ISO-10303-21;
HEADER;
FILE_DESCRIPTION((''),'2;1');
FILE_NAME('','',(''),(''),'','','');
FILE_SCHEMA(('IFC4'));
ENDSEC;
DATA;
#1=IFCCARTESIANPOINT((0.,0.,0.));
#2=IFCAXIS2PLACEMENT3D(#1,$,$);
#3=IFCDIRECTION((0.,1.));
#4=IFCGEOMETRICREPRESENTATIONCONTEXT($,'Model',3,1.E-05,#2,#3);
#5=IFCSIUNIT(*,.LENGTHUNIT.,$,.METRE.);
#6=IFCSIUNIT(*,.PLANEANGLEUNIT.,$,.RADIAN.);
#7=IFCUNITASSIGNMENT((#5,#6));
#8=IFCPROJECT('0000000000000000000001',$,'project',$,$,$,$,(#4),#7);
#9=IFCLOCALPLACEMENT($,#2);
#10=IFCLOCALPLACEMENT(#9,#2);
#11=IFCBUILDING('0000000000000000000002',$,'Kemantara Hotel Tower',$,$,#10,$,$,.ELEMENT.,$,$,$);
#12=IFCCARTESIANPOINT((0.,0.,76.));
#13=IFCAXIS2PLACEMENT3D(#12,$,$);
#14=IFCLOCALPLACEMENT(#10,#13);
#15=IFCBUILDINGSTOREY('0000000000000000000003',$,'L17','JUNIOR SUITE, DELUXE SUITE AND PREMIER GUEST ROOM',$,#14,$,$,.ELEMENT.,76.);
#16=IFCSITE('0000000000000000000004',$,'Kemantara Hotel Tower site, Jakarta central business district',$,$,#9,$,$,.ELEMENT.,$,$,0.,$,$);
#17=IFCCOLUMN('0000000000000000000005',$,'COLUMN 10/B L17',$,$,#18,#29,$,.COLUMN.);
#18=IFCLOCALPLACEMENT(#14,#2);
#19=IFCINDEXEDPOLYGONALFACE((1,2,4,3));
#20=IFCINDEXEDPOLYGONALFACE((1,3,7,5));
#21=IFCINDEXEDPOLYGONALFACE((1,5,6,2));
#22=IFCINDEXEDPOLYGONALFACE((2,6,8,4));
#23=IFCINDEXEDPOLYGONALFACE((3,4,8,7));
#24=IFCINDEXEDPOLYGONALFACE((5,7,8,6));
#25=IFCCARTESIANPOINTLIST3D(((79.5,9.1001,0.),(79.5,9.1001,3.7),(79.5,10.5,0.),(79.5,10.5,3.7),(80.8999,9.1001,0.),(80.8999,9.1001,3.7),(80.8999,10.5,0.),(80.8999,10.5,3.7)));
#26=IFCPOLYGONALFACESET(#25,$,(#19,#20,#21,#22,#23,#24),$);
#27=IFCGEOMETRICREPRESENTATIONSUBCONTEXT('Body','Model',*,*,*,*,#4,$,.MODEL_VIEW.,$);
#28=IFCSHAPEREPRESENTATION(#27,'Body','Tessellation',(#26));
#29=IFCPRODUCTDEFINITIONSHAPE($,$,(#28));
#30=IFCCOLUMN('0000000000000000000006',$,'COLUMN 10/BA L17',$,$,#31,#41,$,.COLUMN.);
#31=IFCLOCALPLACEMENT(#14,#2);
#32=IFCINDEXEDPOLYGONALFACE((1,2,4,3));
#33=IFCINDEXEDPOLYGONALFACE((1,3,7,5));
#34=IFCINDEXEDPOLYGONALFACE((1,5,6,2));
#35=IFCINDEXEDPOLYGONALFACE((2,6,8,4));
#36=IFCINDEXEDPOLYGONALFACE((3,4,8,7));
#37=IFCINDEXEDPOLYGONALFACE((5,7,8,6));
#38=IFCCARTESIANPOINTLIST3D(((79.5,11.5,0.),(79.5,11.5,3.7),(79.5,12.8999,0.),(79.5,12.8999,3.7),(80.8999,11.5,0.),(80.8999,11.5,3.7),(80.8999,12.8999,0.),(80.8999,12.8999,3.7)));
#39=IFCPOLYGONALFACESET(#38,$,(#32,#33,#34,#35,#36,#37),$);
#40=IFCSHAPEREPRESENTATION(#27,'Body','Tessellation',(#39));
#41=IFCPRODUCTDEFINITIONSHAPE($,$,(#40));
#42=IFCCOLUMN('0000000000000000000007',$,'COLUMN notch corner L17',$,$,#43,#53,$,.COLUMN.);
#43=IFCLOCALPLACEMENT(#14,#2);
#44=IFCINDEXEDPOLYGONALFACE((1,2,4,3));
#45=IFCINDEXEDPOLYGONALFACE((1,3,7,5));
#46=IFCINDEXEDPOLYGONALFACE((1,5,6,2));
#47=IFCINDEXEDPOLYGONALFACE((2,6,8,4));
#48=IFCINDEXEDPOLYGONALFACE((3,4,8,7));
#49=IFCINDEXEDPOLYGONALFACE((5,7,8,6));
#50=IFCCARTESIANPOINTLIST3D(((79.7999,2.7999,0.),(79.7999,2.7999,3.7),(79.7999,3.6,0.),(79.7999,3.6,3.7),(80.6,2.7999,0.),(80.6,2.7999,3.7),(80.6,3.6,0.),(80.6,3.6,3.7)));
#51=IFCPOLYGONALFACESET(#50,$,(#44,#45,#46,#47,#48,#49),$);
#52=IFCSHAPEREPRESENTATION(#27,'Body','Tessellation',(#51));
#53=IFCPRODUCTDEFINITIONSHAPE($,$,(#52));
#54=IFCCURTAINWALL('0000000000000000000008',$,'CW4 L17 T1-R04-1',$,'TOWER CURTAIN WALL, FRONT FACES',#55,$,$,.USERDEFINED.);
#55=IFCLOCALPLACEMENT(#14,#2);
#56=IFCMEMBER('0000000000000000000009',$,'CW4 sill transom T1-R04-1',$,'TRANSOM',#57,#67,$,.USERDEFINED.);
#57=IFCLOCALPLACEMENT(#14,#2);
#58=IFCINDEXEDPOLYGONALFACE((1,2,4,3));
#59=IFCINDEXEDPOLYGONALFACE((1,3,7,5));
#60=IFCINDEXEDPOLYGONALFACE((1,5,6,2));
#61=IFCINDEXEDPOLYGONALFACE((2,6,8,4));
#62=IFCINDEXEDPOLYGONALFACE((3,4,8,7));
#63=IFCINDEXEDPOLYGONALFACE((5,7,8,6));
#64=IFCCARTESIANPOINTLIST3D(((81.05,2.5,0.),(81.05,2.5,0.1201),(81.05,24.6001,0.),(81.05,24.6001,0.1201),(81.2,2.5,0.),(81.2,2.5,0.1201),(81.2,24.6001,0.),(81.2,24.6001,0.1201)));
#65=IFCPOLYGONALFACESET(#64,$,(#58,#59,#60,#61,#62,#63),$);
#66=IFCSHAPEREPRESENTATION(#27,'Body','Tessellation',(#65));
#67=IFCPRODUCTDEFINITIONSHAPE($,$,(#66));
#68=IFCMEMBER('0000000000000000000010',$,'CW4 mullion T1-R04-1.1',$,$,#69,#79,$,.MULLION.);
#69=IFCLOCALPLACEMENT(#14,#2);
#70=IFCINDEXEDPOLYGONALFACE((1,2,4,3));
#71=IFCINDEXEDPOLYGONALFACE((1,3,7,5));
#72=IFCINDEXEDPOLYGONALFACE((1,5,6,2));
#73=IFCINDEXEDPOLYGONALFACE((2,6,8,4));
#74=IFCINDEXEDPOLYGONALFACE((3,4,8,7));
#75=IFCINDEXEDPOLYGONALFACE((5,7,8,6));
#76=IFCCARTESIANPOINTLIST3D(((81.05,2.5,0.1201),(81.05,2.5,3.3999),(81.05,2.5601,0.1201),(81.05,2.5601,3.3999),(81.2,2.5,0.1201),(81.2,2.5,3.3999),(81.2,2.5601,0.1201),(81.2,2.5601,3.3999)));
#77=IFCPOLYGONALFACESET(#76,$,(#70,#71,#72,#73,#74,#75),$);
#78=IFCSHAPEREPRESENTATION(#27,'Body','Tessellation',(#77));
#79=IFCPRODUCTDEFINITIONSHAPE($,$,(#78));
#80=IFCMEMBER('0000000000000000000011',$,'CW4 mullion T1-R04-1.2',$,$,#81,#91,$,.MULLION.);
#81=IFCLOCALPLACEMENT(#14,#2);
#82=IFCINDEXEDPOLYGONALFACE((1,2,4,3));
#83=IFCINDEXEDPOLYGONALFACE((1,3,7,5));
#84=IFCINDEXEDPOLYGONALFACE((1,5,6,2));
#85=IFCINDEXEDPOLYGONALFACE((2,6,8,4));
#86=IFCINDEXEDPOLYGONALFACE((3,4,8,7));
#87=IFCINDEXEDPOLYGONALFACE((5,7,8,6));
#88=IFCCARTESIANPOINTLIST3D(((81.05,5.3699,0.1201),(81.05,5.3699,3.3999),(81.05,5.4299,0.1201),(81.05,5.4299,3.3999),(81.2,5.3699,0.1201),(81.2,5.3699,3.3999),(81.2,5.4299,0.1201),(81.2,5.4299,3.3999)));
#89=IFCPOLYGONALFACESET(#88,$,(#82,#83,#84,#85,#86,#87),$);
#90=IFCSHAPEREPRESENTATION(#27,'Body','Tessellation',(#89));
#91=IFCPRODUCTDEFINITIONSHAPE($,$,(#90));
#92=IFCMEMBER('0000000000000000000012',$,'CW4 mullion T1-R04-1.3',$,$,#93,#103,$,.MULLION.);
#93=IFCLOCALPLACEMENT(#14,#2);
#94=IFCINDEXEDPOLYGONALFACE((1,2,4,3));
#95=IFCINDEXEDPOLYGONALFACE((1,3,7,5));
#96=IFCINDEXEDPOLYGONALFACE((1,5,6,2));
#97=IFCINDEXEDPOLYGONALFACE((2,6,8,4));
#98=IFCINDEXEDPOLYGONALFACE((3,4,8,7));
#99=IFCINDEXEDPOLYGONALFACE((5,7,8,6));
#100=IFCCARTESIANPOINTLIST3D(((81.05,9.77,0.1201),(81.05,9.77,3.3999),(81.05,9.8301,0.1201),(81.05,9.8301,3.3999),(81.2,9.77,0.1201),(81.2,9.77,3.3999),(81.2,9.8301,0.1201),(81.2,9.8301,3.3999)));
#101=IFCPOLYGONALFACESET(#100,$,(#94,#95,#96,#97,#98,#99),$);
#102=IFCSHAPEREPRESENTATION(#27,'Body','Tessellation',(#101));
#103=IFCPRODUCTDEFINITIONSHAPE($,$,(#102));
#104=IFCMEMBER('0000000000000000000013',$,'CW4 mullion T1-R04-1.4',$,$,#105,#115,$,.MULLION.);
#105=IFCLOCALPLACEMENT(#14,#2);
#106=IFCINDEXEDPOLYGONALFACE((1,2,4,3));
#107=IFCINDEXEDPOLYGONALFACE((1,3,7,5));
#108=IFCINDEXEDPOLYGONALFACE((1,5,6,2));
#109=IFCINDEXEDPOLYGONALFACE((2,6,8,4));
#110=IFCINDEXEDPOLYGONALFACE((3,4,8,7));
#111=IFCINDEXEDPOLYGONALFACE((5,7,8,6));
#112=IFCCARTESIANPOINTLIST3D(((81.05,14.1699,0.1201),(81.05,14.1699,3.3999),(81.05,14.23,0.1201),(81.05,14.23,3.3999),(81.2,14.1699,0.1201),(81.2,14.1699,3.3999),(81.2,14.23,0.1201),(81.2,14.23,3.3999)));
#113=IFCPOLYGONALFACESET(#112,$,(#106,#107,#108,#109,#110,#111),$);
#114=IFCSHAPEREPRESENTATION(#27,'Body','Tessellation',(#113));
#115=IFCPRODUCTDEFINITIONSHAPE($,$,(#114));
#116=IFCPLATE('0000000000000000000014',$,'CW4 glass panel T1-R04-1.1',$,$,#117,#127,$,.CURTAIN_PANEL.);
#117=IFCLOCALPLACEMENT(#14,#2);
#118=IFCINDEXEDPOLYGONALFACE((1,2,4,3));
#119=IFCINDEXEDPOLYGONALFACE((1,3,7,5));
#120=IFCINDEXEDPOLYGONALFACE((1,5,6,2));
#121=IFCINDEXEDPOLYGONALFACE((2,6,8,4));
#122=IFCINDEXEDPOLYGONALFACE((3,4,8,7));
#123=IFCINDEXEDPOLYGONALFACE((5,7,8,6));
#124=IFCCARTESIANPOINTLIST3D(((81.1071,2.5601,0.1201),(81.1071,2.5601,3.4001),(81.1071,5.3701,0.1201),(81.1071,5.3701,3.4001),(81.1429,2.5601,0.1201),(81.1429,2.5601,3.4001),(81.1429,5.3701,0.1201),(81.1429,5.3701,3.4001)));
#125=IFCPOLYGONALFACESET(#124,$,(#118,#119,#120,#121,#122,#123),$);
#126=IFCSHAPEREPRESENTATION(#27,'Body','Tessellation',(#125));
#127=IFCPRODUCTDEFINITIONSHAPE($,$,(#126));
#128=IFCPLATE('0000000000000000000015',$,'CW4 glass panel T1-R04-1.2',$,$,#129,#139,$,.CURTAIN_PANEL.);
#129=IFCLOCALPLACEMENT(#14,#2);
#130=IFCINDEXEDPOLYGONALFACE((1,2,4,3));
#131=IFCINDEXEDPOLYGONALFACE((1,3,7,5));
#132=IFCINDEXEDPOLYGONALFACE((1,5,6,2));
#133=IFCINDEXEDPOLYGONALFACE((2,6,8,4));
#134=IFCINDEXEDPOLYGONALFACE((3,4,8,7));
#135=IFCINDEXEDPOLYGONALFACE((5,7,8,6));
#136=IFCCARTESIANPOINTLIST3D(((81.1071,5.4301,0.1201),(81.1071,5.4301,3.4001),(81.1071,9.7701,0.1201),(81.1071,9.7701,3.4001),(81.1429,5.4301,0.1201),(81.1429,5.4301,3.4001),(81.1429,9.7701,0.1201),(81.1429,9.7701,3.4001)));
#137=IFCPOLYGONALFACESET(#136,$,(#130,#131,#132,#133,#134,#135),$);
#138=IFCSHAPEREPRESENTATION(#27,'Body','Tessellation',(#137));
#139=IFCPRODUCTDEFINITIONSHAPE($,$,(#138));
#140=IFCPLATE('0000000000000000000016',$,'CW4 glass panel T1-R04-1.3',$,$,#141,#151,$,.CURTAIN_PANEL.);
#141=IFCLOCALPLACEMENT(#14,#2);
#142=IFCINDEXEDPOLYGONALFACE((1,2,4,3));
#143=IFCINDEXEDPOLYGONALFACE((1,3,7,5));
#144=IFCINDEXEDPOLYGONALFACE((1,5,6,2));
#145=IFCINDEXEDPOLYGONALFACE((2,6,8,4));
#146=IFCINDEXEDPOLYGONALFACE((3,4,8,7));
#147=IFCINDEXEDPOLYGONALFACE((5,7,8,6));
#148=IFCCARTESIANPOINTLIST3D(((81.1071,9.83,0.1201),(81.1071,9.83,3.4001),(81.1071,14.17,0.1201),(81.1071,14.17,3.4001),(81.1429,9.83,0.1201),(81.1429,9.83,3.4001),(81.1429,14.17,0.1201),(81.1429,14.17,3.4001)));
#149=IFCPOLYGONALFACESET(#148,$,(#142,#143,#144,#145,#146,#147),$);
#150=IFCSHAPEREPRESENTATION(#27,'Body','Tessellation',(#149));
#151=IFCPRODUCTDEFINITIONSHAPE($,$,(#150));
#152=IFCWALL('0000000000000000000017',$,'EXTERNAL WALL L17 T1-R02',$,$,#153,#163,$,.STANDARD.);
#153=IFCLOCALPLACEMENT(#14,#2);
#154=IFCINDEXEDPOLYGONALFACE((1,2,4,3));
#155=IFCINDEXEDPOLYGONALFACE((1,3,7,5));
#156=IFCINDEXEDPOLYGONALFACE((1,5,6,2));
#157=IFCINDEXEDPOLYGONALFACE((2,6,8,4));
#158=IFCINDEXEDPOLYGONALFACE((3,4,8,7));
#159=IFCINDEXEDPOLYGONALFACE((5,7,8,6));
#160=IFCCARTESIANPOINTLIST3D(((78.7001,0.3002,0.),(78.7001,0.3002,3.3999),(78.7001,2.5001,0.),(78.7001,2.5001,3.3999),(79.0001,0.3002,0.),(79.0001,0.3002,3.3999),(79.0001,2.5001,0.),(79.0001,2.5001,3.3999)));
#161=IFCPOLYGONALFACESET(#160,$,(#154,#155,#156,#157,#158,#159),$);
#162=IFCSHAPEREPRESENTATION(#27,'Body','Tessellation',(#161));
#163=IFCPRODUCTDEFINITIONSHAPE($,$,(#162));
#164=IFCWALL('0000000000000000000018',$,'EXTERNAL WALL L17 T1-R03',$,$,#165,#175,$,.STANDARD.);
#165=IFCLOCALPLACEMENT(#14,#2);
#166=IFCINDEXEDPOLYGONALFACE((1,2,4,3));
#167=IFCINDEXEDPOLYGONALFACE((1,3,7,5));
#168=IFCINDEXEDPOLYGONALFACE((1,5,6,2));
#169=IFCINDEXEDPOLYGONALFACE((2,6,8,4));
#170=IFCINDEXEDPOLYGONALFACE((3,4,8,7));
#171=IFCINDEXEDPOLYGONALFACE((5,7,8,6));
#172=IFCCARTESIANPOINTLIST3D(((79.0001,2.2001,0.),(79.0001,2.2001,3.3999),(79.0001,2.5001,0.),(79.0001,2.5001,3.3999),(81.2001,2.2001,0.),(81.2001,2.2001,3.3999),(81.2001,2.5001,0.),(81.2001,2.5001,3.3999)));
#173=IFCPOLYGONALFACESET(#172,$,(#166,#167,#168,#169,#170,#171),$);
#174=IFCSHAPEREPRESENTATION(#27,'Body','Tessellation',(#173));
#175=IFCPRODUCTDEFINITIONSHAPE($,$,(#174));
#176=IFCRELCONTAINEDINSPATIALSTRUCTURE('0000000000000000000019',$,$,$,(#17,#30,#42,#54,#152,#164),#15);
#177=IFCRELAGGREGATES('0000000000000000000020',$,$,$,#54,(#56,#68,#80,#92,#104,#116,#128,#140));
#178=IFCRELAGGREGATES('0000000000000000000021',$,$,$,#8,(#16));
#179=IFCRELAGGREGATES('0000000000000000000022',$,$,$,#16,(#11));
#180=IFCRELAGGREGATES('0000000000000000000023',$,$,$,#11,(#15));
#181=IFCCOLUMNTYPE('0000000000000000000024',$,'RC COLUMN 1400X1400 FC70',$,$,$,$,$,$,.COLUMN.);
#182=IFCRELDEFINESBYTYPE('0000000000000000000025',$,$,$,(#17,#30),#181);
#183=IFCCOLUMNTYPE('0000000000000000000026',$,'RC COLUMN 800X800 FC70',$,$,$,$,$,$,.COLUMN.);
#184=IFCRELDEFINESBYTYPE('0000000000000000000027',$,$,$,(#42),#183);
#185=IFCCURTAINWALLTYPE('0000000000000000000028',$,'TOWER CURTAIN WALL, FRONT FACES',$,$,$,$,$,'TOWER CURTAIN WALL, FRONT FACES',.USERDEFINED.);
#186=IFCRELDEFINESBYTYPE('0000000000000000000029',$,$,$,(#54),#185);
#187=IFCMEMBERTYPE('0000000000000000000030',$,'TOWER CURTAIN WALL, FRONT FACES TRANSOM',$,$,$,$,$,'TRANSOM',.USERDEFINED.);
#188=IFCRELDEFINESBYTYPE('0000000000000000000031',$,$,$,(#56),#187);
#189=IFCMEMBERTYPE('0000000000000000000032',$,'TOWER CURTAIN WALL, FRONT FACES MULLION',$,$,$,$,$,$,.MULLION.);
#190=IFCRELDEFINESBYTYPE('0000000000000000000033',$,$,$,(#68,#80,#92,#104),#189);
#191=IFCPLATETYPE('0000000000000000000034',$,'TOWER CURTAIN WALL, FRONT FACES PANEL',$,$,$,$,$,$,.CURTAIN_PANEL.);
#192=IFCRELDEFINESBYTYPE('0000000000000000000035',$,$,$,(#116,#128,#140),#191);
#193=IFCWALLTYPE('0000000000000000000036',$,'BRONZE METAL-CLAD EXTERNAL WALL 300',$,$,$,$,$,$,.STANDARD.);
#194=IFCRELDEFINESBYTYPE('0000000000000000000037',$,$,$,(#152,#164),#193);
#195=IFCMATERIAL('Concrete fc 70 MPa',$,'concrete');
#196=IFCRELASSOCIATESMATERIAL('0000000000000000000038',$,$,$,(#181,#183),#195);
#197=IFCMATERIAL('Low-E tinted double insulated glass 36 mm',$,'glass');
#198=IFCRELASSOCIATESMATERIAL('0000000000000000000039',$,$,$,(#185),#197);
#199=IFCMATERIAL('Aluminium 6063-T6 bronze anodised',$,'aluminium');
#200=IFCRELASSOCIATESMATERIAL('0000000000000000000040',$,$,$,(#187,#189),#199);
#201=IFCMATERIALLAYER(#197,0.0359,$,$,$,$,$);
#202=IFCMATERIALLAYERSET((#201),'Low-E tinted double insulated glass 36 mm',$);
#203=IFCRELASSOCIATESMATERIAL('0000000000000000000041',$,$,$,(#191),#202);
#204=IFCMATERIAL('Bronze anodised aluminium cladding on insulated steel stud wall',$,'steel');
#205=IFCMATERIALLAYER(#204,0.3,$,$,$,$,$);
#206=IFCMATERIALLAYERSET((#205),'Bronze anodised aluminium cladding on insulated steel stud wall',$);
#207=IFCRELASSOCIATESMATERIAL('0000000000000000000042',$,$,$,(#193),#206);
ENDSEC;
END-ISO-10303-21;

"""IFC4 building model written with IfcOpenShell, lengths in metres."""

from ifc_helpers import new_model, si_unit, direction, frame, frame_2d, origin, origin_2d, place, context, subcontext, project, spatial, rectangle, extrude, source, transform, mapped, material, layer, layer_set, material_profile, profile_set, type_object, element, aggregate, save


model = new_model("IFC4")

# Units and contexts
model_context = context("Model", 3, precision=1e-05, world=origin(), true_north=direction((0.0, 1.0)))
body_context = subcontext(model_context, "Body", "Model", "MODEL_VIEW")
ifc_project = project(units=[si_unit("LENGTHUNIT", "METRE"), si_unit("PLANEANGLEUNIT", "RADIAN")], contexts=[model_context])

# Site, building, storey
site_placement = place(None, origin())
site = spatial("IfcSite", under=ifc_project, at=site_placement, Name="Kemantara Hotel Tower site, Jakarta central business district", CompositionType="ELEMENT", RefElevation=0.0)
building_placement = place(site_placement, origin())
building = spatial("IfcBuilding", under=site, at=building_placement, Name="Kemantara Hotel Tower", CompositionType="ELEMENT")
storey_placement = place(building_placement, frame((0.0, 0.0, 76.0)))
storey = spatial("IfcBuildingStorey", under=building, at=storey_placement, Name="L17", Description="JUNIOR SUITE, DELUXE SUITE AND PREMIER GUEST ROOM", CompositionType="ELEMENT", Elevation=76.0)

# Columns
ifc_material_1 = material(Name="Concrete fc 70 MPa", Category="concrete")
ifc_material_profile_1 = material_profile(ifc_material_1, rectangle(XDim=1.3999, YDim=1.3999, at=origin_2d()), Name="RC 1400X1400")
ifc_profile_set_1 = profile_set([ifc_material_profile_1], Name="Concrete fc 70 MPa")
column_type_1 = type_object("IfcColumnType", Name="RC COLUMN 1400X1400 FC70", PredefinedType="COLUMN", material=ifc_profile_set_1)
for number, where, z_axis, x_axis, name in (
    (1, (80.2, 9.8, 0.0), (0.0, 0.0, 1.0), (1.0, 0.0, 0.0), "COLUMN 10/B L17"),
    (2, (80.2, 12.2, 0.0), (0.0, 0.0, 1.0), (1.0, 0.0, 0.0), "COLUMN 10/BA L17"),
):
    element("IfcColumn", number, at=place(storey_placement, frame(where, z_axis=z_axis, x_axis=x_axis)), inside=storey, type_object=column_type_1, Name=name, PredefinedType="COLUMN", context=body_context, shape_type="SweptSolid", body=[
        extrude(rectangle(XDim=1.3999, YDim=1.3999, at=origin_2d()), origin(), (0.0, 0.0, 1.0), 3.7),
    ])
ifc_material_profile_2 = material_profile(ifc_material_1, rectangle(XDim=0.8, YDim=0.8, at=origin_2d()), Name="RC 800X800")
ifc_profile_set_2 = profile_set([ifc_material_profile_2], Name="Concrete fc 70 MPa")
column_type_2 = type_object("IfcColumnType", Name="RC COLUMN 800X800 FC70", PredefinedType="COLUMN", material=ifc_profile_set_2)
column_placement = place(storey_placement, frame((80.2, 3.2, 0.0), z_axis=(0.0, 0.0, 1.0), x_axis=(1.0, 0.0, 0.0)))
element("IfcColumn", 3, at=column_placement, inside=storey, type_object=column_type_2, Name="COLUMN notch corner L17", PredefinedType="COLUMN", context=body_context, shape_type="SweptSolid", body=[
    extrude(rectangle(XDim=0.8, YDim=0.8, at=origin_2d()), origin(), (0.0, 0.0, 1.0), 3.7),
])

# Curtain wall, members, plates
ifc_material_2 = material(Name="Low-E tinted double insulated glass 36 mm", Category="glass")
curtain_wall_type = type_object("IfcCurtainWallType", Name="TOWER CURTAIN WALL, FRONT FACES", ElementType="TOWER CURTAIN WALL, FRONT FACES", PredefinedType="USERDEFINED", material=ifc_material_2)
curtain_wall_placement = place(storey_placement, origin())
curtain_wall = element("IfcCurtainWall", 4, at=curtain_wall_placement, inside=storey, type_object=curtain_wall_type, Name="CW4 L17 T1-R04-1", ObjectType="TOWER CURTAIN WALL, FRONT FACES", PredefinedType="USERDEFINED")
ifc_material_3 = material(Name="Aluminium 6063-T6 bronze anodised", Category="aluminium")
ifc_material_profile_3 = material_profile(ifc_material_3, rectangle(XDim=0.1499, YDim=0.1201, at=origin_2d()), Name="TOWER CURTAIN WALL, FRONT FACES TRANSOM")
ifc_profile_set_3 = profile_set([ifc_material_profile_3], Name="Aluminium 6063-T6 bronze anodised")
member_type_1 = type_object("IfcMemberType", Name="TOWER CURTAIN WALL, FRONT FACES TRANSOM", ElementType="TRANSOM", PredefinedType="USERDEFINED", material=ifc_profile_set_3)
member_1_placement = place(storey_placement, frame((81.125, 2.5, 0.0601), z_axis=(0.0, 1.0, 0.0), x_axis=(-1.0, 0.0, 0.0)))
member_1 = element("IfcMember", 5, at=member_1_placement, type_object=member_type_1, Name="CW4 sill transom T1-R04-1", ObjectType="TRANSOM", PredefinedType="USERDEFINED", context=body_context, shape_type="SweptSolid", body=[
    extrude(rectangle(XDim=0.1499, YDim=0.1201, at=origin_2d()), origin(), (0.0, 0.0, 1.0), 22.1001),
])
ifc_material_profile_4 = material_profile(ifc_material_3, rectangle(XDim=0.1499, YDim=0.0601, at=origin_2d()), Name="TOWER CURTAIN WALL, FRONT FACES MULLION")
ifc_profile_set_4 = profile_set([ifc_material_profile_4], Name="Aluminium 6063-T6 bronze anodised")
member_type_2 = type_object("IfcMemberType", Name="TOWER CURTAIN WALL, FRONT FACES MULLION", PredefinedType="MULLION", material=ifc_profile_set_4)
shared_shape_1 = source(origin(), body_context, "Body", "SweptSolid", [
    extrude(rectangle(XDim=0.1499, YDim=0.0601, at=origin_2d()), origin(), (0.0, 0.0, 1.0), 3.2798),
])
member_2_placement = place(storey_placement, frame((81.125, 2.53, 0.1201), z_axis=(0.0, 0.0, 1.0), x_axis=(-1.0, 0.0, 0.0)))
member_2 = element("IfcMember", 6, at=member_2_placement, type_object=member_type_2, Name="CW4 mullion T1-R04-1.1", PredefinedType="MULLION", context=body_context, shape_type="MappedRepresentation", body=[
    mapped(shared_shape_1, transform((0.0, 0.0, 0.0))),
])
member_3_placement = place(storey_placement, frame((81.125, 5.3999, 0.1201), z_axis=(0.0, 0.0, 1.0), x_axis=(-1.0, 0.0, 0.0)))
member_3 = element("IfcMember", 7, at=member_3_placement, type_object=member_type_2, Name="CW4 mullion T1-R04-1.2", PredefinedType="MULLION", context=body_context, shape_type="MappedRepresentation", body=[
    mapped(shared_shape_1, transform((0.0, 0.0, 0.0))),
])
member_4_placement = place(storey_placement, frame((81.125, 9.8, 0.1201), z_axis=(0.0, 0.0, 1.0), x_axis=(-1.0, 0.0, 0.0)))
member_4 = element("IfcMember", 8, at=member_4_placement, type_object=member_type_2, Name="CW4 mullion T1-R04-1.3", PredefinedType="MULLION", context=body_context, shape_type="MappedRepresentation", body=[
    mapped(shared_shape_1, transform((0.0, 0.0, 0.0))),
])
member_5_placement = place(storey_placement, frame((81.125, 14.2, 0.1201), z_axis=(0.0, 0.0, 1.0), x_axis=(-1.0, 0.0, 0.0)))
member_5 = element("IfcMember", 9, at=member_5_placement, type_object=member_type_2, Name="CW4 mullion T1-R04-1.4", PredefinedType="MULLION", context=body_context, shape_type="MappedRepresentation", body=[
    mapped(shared_shape_1, transform((0.0, 0.0, 0.0))),
])
ifc_layer_1 = layer(ifc_material_2, 0.0359)
ifc_layer_set_1 = layer_set([ifc_layer_1], Name="Low-E tinted double insulated glass 36 mm")
plate_type = type_object("IfcPlateType", Name="TOWER CURTAIN WALL, FRONT FACES PANEL", PredefinedType="CURTAIN_PANEL", material=ifc_layer_set_1)
shared_shape_2 = source(origin(), body_context, "Body", "SweptSolid", [
    extrude(rectangle(XDim=2.8101, YDim=0.0359, at=origin_2d()), origin(), (0.0, 0.0, 1.0), 3.28),
])
plate_1_placement = place(storey_placement, frame((81.125, 3.9651, 0.1201), z_axis=(0.0, 0.0, 1.0), x_axis=(0.0, 1.0, 0.0)))
plate_1 = element("IfcPlate", 10, at=plate_1_placement, type_object=plate_type, Name="CW4 glass panel T1-R04-1.1", PredefinedType="CURTAIN_PANEL", context=body_context, shape_type="MappedRepresentation", body=[
    mapped(shared_shape_2, transform((0.0, 0.0, 0.0))),
])
shared_shape_3 = source(origin(), body_context, "Body", "SweptSolid", [
    extrude(rectangle(XDim=4.3401, YDim=0.0359, at=origin_2d()), origin(), (0.0, 0.0, 1.0), 3.28),
])
plate_2_placement = place(storey_placement, frame((81.125, 7.6001, 0.1201), z_axis=(0.0, 0.0, 1.0), x_axis=(0.0, 1.0, 0.0)))
plate_2 = element("IfcPlate", 11, at=plate_2_placement, type_object=plate_type, Name="CW4 glass panel T1-R04-1.2", PredefinedType="CURTAIN_PANEL", context=body_context, shape_type="MappedRepresentation", body=[
    mapped(shared_shape_3, transform((0.0, 0.0, 0.0))),
])
plate_3_placement = place(storey_placement, frame((81.125, 12.0, 0.1201), z_axis=(0.0, 0.0, 1.0), x_axis=(0.0, 1.0, 0.0)))
plate_3 = element("IfcPlate", 12, at=plate_3_placement, type_object=plate_type, Name="CW4 glass panel T1-R04-1.3", PredefinedType="CURTAIN_PANEL", context=body_context, shape_type="MappedRepresentation", body=[
    mapped(shared_shape_3, transform((0.0, 0.0, 0.0))),
])
aggregate(curtain_wall, [member_1, member_2, member_3, member_4, member_5, plate_1, plate_2, plate_3])

# Walls
ifc_material_4 = material(Name="Bronze anodised aluminium cladding on insulated steel stud wall", Category="steel")
ifc_layer_2 = layer(ifc_material_4, 0.3)
ifc_layer_set_2 = layer_set([ifc_layer_2], Name="Bronze anodised aluminium cladding on insulated steel stud wall")
wall_type_1 = type_object("IfcWallType", Name="BRONZE METAL-CLAD EXTERNAL WALL 300", PredefinedType="STANDARD", material=ifc_layer_set_2)
for number, where, z_axis, x_axis, name in (
    (13, (78.8501, 0.3, 0.0), (0.0, 0.0, 1.0), (0.0, 1.0, 0.0), "EXTERNAL WALL L17 T1-R02"),
    (14, (79.0, 2.3501, 0.0), (0.0, 0.0, 1.0), (1.0, 0.0, 0.0), "EXTERNAL WALL L17 T1-R03"),
):
    element("IfcWall", number, at=place(storey_placement, frame(where, z_axis=z_axis, x_axis=x_axis)), inside=storey, type_object=wall_type_1, Name=name, PredefinedType="STANDARD", context=body_context, shape_type="SweptSolid", body=[
        extrude(rectangle(XDim=2.2, YDim=0.3, at=frame_2d((1.1001, 0.0))), origin(), (0.0, 0.0, 1.0), 3.3999),
    ])

save(model, "model.ifc")
